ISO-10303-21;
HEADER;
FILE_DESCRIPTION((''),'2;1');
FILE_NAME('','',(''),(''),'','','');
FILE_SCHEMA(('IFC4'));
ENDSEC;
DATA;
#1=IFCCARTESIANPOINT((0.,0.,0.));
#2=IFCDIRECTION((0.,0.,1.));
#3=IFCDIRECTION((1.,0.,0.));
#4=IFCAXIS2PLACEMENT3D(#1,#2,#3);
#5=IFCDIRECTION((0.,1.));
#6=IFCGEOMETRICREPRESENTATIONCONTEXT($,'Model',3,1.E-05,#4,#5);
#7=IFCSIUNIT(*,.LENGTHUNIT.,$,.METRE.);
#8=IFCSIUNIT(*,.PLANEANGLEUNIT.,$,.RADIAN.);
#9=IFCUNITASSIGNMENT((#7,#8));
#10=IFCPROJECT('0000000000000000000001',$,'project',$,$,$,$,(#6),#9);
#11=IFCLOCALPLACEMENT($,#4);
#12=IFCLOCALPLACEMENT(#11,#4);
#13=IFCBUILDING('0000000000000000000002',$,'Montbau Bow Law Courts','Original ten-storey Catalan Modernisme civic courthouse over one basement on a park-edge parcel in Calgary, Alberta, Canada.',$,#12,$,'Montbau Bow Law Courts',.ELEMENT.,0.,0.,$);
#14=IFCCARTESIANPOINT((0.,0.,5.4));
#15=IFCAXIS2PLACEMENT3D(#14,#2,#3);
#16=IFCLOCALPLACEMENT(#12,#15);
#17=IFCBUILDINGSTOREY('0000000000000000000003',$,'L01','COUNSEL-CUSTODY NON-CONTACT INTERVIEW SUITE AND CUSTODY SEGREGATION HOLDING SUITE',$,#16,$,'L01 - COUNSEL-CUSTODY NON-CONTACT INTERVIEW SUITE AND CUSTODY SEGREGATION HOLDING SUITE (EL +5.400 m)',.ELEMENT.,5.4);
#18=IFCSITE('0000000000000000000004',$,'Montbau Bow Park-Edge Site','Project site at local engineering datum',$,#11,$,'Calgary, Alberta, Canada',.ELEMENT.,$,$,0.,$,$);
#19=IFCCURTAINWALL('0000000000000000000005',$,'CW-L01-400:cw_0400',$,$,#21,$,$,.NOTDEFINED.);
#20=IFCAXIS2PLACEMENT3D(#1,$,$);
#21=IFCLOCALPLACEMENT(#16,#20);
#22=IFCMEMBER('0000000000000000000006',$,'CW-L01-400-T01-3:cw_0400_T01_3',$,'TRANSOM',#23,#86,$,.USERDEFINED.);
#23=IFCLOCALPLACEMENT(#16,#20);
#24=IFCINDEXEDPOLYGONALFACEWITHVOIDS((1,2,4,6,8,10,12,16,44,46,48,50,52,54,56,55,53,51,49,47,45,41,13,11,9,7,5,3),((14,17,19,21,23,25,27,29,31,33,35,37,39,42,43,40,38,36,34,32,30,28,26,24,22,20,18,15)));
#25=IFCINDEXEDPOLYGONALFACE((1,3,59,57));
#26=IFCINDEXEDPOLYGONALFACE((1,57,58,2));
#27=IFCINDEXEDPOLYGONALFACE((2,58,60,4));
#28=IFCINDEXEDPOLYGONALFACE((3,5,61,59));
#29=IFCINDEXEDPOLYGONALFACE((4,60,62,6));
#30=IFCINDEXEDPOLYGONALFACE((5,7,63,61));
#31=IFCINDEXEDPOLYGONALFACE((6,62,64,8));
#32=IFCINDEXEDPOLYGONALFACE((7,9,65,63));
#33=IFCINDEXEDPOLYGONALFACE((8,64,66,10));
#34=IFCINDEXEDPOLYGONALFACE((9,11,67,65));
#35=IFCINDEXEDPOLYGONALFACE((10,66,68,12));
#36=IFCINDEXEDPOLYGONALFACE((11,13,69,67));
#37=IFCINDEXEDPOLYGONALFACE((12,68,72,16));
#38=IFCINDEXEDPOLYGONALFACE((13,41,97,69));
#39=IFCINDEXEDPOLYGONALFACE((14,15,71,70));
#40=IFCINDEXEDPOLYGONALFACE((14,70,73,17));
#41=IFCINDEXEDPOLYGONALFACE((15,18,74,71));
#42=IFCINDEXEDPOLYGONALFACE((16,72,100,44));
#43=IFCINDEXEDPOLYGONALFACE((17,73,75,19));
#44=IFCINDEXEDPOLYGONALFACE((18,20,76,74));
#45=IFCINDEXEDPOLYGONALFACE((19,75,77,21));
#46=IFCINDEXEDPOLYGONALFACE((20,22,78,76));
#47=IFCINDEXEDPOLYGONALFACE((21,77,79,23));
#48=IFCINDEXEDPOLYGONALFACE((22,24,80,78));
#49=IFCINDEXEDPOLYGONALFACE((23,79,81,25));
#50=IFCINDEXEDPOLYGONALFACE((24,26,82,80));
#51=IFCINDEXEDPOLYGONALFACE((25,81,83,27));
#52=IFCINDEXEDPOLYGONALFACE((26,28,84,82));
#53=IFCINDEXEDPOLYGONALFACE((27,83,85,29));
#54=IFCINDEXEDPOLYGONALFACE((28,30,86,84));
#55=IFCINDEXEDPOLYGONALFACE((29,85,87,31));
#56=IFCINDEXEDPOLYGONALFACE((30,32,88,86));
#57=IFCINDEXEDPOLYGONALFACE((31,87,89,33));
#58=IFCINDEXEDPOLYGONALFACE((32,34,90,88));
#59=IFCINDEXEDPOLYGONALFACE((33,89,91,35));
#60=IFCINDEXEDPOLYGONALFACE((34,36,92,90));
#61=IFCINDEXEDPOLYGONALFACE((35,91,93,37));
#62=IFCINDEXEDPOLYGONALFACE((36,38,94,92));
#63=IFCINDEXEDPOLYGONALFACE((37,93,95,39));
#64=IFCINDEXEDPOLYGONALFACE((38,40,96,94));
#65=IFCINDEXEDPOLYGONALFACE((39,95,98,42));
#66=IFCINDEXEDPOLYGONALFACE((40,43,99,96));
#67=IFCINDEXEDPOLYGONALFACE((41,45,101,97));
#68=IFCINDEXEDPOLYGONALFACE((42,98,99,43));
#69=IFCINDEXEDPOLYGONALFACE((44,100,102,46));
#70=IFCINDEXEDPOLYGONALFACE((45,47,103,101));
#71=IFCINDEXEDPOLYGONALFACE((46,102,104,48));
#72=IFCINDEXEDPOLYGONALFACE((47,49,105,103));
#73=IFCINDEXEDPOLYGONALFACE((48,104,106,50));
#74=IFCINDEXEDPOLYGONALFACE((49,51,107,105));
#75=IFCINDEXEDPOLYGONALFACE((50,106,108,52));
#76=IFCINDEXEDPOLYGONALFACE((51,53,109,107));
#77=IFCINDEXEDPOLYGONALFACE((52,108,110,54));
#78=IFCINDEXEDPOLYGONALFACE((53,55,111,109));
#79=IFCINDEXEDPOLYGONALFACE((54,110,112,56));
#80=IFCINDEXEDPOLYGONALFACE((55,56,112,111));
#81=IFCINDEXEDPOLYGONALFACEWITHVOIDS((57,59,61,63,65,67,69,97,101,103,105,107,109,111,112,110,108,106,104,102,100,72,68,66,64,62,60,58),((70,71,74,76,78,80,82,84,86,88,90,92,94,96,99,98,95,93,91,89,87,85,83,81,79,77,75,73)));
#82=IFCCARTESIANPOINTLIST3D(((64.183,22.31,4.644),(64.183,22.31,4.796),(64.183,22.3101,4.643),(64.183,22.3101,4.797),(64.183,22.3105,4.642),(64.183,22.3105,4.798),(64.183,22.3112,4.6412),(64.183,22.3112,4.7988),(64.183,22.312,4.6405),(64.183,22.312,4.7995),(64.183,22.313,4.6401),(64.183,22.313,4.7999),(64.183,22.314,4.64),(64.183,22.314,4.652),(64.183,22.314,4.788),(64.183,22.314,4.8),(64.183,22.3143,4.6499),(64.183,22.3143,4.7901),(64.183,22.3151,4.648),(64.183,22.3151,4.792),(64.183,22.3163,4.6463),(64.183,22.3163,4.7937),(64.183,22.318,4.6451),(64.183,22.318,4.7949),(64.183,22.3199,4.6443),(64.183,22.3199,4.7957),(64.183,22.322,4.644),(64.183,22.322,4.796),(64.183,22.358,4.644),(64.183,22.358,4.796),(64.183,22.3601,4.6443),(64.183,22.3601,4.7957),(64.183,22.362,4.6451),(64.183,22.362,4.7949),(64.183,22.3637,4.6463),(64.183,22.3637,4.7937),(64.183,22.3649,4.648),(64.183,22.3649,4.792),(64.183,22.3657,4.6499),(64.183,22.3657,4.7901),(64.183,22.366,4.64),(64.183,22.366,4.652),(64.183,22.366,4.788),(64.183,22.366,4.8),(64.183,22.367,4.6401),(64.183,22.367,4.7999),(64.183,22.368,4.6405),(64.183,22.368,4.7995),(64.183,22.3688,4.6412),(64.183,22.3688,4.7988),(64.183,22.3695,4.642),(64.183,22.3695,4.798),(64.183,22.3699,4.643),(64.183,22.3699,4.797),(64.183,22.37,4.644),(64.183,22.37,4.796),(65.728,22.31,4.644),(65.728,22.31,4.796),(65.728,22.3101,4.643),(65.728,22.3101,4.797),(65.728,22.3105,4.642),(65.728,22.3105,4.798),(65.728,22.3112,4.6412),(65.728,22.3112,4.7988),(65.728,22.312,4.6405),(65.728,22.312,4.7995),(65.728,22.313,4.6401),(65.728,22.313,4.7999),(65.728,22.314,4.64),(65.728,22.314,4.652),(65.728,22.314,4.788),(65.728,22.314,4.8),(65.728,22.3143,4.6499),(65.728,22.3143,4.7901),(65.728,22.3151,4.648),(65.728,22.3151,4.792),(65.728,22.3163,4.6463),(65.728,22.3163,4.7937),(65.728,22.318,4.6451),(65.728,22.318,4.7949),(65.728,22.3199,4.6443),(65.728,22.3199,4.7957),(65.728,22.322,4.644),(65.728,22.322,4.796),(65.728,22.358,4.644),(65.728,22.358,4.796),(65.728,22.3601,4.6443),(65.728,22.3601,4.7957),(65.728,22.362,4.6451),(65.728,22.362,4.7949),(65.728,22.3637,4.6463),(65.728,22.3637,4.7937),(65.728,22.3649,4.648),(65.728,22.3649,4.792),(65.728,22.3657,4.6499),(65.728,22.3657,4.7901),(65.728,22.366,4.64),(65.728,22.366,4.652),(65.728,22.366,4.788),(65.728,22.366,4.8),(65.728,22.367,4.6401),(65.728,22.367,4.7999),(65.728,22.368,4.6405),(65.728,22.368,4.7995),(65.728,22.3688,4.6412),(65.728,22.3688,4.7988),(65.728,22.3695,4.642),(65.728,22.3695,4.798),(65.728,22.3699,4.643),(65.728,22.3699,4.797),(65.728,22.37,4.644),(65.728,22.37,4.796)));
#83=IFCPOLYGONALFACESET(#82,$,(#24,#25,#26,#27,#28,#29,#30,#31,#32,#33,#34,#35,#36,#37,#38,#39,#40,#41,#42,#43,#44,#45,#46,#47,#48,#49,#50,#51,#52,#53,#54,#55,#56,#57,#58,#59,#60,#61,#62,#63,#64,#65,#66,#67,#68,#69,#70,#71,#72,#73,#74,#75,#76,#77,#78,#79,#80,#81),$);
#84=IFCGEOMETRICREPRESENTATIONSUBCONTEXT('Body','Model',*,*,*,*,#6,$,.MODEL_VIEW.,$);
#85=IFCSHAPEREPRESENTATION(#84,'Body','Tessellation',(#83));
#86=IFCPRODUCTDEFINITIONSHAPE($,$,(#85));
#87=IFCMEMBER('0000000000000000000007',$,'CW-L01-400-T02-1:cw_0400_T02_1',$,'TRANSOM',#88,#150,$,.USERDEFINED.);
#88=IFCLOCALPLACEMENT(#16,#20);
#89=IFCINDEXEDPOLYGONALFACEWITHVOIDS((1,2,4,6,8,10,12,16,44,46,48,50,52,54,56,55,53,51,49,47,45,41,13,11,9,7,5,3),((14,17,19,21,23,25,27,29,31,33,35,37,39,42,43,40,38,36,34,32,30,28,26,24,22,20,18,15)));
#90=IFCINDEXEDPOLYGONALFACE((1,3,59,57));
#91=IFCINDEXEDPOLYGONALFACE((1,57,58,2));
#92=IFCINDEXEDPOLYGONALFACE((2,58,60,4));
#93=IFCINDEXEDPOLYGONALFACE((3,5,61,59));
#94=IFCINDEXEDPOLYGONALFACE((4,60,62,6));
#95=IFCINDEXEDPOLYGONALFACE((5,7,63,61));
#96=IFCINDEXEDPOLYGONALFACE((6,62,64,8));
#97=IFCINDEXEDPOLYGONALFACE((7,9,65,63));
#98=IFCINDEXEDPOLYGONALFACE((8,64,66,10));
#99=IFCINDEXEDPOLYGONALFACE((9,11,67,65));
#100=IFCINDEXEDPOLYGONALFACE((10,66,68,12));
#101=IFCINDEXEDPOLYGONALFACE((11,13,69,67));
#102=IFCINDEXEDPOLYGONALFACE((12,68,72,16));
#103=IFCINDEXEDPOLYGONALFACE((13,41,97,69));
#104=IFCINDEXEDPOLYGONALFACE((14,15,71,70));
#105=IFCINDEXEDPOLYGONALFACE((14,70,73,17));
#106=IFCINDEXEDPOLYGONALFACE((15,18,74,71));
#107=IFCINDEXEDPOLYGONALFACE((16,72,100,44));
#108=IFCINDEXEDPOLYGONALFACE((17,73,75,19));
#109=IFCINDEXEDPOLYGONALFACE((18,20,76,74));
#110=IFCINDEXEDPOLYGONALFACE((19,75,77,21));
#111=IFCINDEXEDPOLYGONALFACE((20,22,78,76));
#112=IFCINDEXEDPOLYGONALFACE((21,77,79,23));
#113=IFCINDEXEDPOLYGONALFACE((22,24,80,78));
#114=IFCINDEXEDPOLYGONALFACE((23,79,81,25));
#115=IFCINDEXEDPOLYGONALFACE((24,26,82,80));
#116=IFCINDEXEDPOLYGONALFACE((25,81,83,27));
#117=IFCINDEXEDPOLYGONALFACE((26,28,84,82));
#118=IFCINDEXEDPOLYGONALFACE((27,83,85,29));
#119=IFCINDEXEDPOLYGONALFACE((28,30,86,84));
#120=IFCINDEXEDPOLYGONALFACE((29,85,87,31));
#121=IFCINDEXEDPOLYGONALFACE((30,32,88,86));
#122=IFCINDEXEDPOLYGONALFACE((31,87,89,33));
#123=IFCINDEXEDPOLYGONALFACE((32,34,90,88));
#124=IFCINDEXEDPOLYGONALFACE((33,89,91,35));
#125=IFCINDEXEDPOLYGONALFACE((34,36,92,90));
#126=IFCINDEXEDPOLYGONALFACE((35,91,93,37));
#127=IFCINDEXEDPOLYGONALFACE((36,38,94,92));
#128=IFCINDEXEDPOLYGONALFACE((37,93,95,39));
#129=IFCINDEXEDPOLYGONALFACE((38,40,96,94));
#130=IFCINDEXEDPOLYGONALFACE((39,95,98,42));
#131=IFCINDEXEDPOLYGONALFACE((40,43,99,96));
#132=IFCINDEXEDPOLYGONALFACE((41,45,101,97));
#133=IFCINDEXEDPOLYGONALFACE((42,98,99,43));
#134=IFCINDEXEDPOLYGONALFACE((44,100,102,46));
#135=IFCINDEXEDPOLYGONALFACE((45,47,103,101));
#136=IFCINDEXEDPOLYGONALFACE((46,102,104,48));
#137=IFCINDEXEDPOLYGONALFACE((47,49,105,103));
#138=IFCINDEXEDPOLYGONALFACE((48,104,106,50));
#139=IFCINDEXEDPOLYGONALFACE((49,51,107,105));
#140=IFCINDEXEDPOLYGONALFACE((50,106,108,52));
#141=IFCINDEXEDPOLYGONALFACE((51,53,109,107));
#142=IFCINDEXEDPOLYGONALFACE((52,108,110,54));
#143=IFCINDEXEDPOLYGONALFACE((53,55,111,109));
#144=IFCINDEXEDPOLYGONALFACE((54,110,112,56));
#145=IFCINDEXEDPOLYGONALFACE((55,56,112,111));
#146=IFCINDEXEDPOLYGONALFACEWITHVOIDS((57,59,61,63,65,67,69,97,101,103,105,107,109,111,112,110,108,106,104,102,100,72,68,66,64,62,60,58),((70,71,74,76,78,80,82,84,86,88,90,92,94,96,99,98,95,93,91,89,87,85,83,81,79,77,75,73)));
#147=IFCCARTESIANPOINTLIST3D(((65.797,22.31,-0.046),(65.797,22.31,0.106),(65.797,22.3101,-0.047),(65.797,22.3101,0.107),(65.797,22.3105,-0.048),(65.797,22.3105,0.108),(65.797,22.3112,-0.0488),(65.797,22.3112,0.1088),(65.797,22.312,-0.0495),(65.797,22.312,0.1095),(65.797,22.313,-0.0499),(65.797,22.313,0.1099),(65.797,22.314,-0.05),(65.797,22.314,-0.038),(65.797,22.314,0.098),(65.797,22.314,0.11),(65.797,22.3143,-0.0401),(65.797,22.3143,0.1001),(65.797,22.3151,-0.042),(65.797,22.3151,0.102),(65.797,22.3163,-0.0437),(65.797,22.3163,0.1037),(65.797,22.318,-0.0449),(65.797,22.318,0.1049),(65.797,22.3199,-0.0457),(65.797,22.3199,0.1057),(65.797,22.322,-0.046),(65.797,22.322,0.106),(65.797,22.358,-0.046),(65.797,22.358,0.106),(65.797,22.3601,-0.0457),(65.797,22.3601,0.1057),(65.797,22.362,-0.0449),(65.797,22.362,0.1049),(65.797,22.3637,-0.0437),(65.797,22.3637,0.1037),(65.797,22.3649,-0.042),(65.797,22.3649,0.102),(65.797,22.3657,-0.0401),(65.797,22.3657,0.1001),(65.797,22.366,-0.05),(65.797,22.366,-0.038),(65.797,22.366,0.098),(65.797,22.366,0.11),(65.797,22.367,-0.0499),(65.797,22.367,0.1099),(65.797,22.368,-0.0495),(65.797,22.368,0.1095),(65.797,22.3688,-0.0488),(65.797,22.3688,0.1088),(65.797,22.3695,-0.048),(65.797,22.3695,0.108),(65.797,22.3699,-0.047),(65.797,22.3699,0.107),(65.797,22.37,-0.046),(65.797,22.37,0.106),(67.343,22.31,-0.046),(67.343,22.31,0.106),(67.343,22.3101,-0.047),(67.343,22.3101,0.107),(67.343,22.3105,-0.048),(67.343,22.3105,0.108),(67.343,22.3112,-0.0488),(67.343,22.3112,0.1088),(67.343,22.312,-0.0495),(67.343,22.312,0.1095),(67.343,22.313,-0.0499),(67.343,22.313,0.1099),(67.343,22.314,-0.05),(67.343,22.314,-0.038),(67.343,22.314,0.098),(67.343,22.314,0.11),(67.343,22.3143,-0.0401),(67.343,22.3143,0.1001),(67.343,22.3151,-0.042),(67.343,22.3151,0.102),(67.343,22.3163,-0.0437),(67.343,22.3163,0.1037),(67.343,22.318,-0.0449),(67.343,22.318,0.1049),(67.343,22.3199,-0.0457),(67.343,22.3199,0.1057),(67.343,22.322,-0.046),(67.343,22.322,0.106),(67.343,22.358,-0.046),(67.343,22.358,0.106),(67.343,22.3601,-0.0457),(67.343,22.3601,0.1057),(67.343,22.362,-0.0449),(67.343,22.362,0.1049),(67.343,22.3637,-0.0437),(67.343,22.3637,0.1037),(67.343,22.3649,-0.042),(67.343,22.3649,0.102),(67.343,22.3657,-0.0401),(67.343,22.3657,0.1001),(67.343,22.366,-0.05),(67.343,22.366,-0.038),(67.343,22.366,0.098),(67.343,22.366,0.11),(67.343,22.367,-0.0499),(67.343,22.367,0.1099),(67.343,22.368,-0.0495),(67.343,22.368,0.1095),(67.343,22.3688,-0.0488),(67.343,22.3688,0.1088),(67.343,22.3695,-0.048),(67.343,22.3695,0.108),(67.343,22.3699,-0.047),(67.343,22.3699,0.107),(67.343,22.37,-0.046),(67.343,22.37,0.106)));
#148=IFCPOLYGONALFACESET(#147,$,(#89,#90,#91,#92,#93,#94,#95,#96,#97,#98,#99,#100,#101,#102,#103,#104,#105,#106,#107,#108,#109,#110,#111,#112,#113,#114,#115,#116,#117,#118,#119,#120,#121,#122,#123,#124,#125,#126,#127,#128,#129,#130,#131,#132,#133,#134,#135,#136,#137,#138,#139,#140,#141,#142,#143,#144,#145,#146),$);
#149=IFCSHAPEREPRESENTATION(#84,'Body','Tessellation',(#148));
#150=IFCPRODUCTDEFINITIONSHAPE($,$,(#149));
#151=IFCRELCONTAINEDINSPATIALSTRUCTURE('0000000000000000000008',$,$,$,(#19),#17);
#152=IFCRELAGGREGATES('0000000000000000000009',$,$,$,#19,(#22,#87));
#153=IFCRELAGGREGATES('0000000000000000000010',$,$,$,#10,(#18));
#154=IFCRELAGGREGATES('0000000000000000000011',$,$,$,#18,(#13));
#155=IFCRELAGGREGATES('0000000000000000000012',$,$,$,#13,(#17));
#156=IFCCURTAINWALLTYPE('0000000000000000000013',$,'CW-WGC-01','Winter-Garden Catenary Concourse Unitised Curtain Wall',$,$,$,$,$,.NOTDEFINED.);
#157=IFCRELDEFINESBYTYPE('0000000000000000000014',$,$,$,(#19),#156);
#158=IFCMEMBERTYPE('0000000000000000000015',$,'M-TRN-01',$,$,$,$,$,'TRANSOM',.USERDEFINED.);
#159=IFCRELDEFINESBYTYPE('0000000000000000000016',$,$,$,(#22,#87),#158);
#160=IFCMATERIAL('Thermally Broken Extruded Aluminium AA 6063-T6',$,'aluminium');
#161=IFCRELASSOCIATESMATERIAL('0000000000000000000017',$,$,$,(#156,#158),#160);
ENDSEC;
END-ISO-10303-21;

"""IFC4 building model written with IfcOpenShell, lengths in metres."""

from ifc_helpers import new_model, si_unit, direction, frame, origin_with_axes, origin_2d_with_axis, place, context, subcontext, project, spatial, hollow_rectangle, extrude, material, material_profile, profile_set, type_object, element, aggregate, save


model = new_model("IFC4")

# Units and contexts
model_context = context("Model", 3, precision=1e-05, world=origin_with_axes(), true_north=direction((0.0, 1.0)))
body_context = subcontext(model_context, "Body", "Model", "MODEL_VIEW")
ifc_project = project(units=[si_unit("LENGTHUNIT", "METRE"), si_unit("PLANEANGLEUNIT", "RADIAN")], contexts=[model_context])

# Site, building, storey
site_placement = place(None, origin_with_axes())
site = spatial("IfcSite", under=ifc_project, at=site_placement, Name="Montbau Bow Park-Edge Site", Description="Project site at local engineering datum", LongName="Calgary, Alberta, Canada", CompositionType="ELEMENT", RefElevation=0.0)
building_placement = place(site_placement, origin_with_axes())
building = spatial("IfcBuilding", under=site, at=building_placement, Name="Montbau Bow Law Courts", Description="Original ten-storey Catalan Modernisme civic courthouse over one basement on a park-edge parcel in Calgary, Alberta, Canada.", LongName="Montbau Bow Law Courts", CompositionType="ELEMENT", ElevationOfRefHeight=0.0, ElevationOfTerrain=0.0)
storey_placement = place(building_placement, frame((0.0, 0.0, 5.4), z_axis=(0.0, 0.0, 1.0), x_axis=(1.0, 0.0, 0.0)))
storey = spatial("IfcBuildingStorey", under=building, at=storey_placement, Name="L01", Description="COUNSEL-CUSTODY NON-CONTACT INTERVIEW SUITE AND CUSTODY SEGREGATION HOLDING SUITE", LongName="L01 - COUNSEL-CUSTODY NON-CONTACT INTERVIEW SUITE AND CUSTODY SEGREGATION HOLDING SUITE (EL +5.400 m)", CompositionType="ELEMENT", Elevation=5.4)

# Curtain wall
ifc_material_1 = material(Name="Thermally Broken Extruded Aluminium AA 6063-T6", Category="aluminium")
curtain_wall_type_1 = type_object("IfcCurtainWallType", Name="CW-WGC-01", Description="Winter-Garden Catenary Concourse Unitised Curtain Wall", PredefinedType="NOTDEFINED", material=ifc_material_1)
curtain_wall_1_placement = place(None, frame((64.115, 22.34, 5.4), z_axis=(0.0, 0.0, 1.0), x_axis=(1.0, 0.0, 0.0)))
curtain_wall_1 = element("IfcCurtainWall", 1, at=curtain_wall_1_placement, inside=storey, type_object=curtain_wall_type_1, Name="CW-L01-400:cw_0400", PredefinedType="NOTDEFINED")

# Members
ifc_material_profile_1 = material_profile(ifc_material_1, hollow_rectangle(XDim=0.06, YDim=0.16, WallThickness=0.004, InnerFilletRadius=0.008, OuterFilletRadius=0.004, at=origin_2d_with_axis()), Name="CWT-160X60", Category="Main", Priority=0)
ifc_profile_set_1 = profile_set([ifc_material_profile_1], Name="Thermally Broken Extruded Aluminium AA 6063-T6")
member_type_1 = type_object("IfcMemberType", Name="M-TRN-01", ElementType="TRANSOM", PredefinedType="USERDEFINED", material=ifc_profile_set_1)
member_1_placement = place(None, frame((64.183, 22.34, 10.12), z_axis=(1.0, 0.0, 0.0), x_axis=(0.0, 1.0, 0.0)))
member_1 = element("IfcMember", 2, at=member_1_placement, type_object=member_type_1, Name="CW-L01-400-T01-3:cw_0400_T01_3", ObjectType="TRANSOM", PredefinedType="USERDEFINED", context=body_context, shape_type="SweptSolid", body=[
    extrude(hollow_rectangle(XDim=0.06, YDim=0.16, WallThickness=0.004, InnerFilletRadius=0.008, OuterFilletRadius=0.004, at=origin_2d_with_axis()), origin_with_axes(), (0.0, 0.0, 1.0), 1.545),
])
member_2_placement = place(None, frame((65.797, 22.34, 5.43), z_axis=(1.0, 0.0, 0.0), x_axis=(0.0, 1.0, 0.0)))
member_2 = element("IfcMember", 3, at=member_2_placement, type_object=member_type_1, Name="CW-L01-400-T02-1:cw_0400_T02_1", ObjectType="TRANSOM", PredefinedType="USERDEFINED", context=body_context, shape_type="SweptSolid", body=[
    extrude(hollow_rectangle(XDim=0.06, YDim=0.16, WallThickness=0.004, InnerFilletRadius=0.008, OuterFilletRadius=0.004, at=origin_2d_with_axis()), origin_with_axes(), (0.0, 0.0, 1.0), 1.546),
])

aggregate(curtain_wall_1, [member_1, member_2])

save(model, "model.ifc")
